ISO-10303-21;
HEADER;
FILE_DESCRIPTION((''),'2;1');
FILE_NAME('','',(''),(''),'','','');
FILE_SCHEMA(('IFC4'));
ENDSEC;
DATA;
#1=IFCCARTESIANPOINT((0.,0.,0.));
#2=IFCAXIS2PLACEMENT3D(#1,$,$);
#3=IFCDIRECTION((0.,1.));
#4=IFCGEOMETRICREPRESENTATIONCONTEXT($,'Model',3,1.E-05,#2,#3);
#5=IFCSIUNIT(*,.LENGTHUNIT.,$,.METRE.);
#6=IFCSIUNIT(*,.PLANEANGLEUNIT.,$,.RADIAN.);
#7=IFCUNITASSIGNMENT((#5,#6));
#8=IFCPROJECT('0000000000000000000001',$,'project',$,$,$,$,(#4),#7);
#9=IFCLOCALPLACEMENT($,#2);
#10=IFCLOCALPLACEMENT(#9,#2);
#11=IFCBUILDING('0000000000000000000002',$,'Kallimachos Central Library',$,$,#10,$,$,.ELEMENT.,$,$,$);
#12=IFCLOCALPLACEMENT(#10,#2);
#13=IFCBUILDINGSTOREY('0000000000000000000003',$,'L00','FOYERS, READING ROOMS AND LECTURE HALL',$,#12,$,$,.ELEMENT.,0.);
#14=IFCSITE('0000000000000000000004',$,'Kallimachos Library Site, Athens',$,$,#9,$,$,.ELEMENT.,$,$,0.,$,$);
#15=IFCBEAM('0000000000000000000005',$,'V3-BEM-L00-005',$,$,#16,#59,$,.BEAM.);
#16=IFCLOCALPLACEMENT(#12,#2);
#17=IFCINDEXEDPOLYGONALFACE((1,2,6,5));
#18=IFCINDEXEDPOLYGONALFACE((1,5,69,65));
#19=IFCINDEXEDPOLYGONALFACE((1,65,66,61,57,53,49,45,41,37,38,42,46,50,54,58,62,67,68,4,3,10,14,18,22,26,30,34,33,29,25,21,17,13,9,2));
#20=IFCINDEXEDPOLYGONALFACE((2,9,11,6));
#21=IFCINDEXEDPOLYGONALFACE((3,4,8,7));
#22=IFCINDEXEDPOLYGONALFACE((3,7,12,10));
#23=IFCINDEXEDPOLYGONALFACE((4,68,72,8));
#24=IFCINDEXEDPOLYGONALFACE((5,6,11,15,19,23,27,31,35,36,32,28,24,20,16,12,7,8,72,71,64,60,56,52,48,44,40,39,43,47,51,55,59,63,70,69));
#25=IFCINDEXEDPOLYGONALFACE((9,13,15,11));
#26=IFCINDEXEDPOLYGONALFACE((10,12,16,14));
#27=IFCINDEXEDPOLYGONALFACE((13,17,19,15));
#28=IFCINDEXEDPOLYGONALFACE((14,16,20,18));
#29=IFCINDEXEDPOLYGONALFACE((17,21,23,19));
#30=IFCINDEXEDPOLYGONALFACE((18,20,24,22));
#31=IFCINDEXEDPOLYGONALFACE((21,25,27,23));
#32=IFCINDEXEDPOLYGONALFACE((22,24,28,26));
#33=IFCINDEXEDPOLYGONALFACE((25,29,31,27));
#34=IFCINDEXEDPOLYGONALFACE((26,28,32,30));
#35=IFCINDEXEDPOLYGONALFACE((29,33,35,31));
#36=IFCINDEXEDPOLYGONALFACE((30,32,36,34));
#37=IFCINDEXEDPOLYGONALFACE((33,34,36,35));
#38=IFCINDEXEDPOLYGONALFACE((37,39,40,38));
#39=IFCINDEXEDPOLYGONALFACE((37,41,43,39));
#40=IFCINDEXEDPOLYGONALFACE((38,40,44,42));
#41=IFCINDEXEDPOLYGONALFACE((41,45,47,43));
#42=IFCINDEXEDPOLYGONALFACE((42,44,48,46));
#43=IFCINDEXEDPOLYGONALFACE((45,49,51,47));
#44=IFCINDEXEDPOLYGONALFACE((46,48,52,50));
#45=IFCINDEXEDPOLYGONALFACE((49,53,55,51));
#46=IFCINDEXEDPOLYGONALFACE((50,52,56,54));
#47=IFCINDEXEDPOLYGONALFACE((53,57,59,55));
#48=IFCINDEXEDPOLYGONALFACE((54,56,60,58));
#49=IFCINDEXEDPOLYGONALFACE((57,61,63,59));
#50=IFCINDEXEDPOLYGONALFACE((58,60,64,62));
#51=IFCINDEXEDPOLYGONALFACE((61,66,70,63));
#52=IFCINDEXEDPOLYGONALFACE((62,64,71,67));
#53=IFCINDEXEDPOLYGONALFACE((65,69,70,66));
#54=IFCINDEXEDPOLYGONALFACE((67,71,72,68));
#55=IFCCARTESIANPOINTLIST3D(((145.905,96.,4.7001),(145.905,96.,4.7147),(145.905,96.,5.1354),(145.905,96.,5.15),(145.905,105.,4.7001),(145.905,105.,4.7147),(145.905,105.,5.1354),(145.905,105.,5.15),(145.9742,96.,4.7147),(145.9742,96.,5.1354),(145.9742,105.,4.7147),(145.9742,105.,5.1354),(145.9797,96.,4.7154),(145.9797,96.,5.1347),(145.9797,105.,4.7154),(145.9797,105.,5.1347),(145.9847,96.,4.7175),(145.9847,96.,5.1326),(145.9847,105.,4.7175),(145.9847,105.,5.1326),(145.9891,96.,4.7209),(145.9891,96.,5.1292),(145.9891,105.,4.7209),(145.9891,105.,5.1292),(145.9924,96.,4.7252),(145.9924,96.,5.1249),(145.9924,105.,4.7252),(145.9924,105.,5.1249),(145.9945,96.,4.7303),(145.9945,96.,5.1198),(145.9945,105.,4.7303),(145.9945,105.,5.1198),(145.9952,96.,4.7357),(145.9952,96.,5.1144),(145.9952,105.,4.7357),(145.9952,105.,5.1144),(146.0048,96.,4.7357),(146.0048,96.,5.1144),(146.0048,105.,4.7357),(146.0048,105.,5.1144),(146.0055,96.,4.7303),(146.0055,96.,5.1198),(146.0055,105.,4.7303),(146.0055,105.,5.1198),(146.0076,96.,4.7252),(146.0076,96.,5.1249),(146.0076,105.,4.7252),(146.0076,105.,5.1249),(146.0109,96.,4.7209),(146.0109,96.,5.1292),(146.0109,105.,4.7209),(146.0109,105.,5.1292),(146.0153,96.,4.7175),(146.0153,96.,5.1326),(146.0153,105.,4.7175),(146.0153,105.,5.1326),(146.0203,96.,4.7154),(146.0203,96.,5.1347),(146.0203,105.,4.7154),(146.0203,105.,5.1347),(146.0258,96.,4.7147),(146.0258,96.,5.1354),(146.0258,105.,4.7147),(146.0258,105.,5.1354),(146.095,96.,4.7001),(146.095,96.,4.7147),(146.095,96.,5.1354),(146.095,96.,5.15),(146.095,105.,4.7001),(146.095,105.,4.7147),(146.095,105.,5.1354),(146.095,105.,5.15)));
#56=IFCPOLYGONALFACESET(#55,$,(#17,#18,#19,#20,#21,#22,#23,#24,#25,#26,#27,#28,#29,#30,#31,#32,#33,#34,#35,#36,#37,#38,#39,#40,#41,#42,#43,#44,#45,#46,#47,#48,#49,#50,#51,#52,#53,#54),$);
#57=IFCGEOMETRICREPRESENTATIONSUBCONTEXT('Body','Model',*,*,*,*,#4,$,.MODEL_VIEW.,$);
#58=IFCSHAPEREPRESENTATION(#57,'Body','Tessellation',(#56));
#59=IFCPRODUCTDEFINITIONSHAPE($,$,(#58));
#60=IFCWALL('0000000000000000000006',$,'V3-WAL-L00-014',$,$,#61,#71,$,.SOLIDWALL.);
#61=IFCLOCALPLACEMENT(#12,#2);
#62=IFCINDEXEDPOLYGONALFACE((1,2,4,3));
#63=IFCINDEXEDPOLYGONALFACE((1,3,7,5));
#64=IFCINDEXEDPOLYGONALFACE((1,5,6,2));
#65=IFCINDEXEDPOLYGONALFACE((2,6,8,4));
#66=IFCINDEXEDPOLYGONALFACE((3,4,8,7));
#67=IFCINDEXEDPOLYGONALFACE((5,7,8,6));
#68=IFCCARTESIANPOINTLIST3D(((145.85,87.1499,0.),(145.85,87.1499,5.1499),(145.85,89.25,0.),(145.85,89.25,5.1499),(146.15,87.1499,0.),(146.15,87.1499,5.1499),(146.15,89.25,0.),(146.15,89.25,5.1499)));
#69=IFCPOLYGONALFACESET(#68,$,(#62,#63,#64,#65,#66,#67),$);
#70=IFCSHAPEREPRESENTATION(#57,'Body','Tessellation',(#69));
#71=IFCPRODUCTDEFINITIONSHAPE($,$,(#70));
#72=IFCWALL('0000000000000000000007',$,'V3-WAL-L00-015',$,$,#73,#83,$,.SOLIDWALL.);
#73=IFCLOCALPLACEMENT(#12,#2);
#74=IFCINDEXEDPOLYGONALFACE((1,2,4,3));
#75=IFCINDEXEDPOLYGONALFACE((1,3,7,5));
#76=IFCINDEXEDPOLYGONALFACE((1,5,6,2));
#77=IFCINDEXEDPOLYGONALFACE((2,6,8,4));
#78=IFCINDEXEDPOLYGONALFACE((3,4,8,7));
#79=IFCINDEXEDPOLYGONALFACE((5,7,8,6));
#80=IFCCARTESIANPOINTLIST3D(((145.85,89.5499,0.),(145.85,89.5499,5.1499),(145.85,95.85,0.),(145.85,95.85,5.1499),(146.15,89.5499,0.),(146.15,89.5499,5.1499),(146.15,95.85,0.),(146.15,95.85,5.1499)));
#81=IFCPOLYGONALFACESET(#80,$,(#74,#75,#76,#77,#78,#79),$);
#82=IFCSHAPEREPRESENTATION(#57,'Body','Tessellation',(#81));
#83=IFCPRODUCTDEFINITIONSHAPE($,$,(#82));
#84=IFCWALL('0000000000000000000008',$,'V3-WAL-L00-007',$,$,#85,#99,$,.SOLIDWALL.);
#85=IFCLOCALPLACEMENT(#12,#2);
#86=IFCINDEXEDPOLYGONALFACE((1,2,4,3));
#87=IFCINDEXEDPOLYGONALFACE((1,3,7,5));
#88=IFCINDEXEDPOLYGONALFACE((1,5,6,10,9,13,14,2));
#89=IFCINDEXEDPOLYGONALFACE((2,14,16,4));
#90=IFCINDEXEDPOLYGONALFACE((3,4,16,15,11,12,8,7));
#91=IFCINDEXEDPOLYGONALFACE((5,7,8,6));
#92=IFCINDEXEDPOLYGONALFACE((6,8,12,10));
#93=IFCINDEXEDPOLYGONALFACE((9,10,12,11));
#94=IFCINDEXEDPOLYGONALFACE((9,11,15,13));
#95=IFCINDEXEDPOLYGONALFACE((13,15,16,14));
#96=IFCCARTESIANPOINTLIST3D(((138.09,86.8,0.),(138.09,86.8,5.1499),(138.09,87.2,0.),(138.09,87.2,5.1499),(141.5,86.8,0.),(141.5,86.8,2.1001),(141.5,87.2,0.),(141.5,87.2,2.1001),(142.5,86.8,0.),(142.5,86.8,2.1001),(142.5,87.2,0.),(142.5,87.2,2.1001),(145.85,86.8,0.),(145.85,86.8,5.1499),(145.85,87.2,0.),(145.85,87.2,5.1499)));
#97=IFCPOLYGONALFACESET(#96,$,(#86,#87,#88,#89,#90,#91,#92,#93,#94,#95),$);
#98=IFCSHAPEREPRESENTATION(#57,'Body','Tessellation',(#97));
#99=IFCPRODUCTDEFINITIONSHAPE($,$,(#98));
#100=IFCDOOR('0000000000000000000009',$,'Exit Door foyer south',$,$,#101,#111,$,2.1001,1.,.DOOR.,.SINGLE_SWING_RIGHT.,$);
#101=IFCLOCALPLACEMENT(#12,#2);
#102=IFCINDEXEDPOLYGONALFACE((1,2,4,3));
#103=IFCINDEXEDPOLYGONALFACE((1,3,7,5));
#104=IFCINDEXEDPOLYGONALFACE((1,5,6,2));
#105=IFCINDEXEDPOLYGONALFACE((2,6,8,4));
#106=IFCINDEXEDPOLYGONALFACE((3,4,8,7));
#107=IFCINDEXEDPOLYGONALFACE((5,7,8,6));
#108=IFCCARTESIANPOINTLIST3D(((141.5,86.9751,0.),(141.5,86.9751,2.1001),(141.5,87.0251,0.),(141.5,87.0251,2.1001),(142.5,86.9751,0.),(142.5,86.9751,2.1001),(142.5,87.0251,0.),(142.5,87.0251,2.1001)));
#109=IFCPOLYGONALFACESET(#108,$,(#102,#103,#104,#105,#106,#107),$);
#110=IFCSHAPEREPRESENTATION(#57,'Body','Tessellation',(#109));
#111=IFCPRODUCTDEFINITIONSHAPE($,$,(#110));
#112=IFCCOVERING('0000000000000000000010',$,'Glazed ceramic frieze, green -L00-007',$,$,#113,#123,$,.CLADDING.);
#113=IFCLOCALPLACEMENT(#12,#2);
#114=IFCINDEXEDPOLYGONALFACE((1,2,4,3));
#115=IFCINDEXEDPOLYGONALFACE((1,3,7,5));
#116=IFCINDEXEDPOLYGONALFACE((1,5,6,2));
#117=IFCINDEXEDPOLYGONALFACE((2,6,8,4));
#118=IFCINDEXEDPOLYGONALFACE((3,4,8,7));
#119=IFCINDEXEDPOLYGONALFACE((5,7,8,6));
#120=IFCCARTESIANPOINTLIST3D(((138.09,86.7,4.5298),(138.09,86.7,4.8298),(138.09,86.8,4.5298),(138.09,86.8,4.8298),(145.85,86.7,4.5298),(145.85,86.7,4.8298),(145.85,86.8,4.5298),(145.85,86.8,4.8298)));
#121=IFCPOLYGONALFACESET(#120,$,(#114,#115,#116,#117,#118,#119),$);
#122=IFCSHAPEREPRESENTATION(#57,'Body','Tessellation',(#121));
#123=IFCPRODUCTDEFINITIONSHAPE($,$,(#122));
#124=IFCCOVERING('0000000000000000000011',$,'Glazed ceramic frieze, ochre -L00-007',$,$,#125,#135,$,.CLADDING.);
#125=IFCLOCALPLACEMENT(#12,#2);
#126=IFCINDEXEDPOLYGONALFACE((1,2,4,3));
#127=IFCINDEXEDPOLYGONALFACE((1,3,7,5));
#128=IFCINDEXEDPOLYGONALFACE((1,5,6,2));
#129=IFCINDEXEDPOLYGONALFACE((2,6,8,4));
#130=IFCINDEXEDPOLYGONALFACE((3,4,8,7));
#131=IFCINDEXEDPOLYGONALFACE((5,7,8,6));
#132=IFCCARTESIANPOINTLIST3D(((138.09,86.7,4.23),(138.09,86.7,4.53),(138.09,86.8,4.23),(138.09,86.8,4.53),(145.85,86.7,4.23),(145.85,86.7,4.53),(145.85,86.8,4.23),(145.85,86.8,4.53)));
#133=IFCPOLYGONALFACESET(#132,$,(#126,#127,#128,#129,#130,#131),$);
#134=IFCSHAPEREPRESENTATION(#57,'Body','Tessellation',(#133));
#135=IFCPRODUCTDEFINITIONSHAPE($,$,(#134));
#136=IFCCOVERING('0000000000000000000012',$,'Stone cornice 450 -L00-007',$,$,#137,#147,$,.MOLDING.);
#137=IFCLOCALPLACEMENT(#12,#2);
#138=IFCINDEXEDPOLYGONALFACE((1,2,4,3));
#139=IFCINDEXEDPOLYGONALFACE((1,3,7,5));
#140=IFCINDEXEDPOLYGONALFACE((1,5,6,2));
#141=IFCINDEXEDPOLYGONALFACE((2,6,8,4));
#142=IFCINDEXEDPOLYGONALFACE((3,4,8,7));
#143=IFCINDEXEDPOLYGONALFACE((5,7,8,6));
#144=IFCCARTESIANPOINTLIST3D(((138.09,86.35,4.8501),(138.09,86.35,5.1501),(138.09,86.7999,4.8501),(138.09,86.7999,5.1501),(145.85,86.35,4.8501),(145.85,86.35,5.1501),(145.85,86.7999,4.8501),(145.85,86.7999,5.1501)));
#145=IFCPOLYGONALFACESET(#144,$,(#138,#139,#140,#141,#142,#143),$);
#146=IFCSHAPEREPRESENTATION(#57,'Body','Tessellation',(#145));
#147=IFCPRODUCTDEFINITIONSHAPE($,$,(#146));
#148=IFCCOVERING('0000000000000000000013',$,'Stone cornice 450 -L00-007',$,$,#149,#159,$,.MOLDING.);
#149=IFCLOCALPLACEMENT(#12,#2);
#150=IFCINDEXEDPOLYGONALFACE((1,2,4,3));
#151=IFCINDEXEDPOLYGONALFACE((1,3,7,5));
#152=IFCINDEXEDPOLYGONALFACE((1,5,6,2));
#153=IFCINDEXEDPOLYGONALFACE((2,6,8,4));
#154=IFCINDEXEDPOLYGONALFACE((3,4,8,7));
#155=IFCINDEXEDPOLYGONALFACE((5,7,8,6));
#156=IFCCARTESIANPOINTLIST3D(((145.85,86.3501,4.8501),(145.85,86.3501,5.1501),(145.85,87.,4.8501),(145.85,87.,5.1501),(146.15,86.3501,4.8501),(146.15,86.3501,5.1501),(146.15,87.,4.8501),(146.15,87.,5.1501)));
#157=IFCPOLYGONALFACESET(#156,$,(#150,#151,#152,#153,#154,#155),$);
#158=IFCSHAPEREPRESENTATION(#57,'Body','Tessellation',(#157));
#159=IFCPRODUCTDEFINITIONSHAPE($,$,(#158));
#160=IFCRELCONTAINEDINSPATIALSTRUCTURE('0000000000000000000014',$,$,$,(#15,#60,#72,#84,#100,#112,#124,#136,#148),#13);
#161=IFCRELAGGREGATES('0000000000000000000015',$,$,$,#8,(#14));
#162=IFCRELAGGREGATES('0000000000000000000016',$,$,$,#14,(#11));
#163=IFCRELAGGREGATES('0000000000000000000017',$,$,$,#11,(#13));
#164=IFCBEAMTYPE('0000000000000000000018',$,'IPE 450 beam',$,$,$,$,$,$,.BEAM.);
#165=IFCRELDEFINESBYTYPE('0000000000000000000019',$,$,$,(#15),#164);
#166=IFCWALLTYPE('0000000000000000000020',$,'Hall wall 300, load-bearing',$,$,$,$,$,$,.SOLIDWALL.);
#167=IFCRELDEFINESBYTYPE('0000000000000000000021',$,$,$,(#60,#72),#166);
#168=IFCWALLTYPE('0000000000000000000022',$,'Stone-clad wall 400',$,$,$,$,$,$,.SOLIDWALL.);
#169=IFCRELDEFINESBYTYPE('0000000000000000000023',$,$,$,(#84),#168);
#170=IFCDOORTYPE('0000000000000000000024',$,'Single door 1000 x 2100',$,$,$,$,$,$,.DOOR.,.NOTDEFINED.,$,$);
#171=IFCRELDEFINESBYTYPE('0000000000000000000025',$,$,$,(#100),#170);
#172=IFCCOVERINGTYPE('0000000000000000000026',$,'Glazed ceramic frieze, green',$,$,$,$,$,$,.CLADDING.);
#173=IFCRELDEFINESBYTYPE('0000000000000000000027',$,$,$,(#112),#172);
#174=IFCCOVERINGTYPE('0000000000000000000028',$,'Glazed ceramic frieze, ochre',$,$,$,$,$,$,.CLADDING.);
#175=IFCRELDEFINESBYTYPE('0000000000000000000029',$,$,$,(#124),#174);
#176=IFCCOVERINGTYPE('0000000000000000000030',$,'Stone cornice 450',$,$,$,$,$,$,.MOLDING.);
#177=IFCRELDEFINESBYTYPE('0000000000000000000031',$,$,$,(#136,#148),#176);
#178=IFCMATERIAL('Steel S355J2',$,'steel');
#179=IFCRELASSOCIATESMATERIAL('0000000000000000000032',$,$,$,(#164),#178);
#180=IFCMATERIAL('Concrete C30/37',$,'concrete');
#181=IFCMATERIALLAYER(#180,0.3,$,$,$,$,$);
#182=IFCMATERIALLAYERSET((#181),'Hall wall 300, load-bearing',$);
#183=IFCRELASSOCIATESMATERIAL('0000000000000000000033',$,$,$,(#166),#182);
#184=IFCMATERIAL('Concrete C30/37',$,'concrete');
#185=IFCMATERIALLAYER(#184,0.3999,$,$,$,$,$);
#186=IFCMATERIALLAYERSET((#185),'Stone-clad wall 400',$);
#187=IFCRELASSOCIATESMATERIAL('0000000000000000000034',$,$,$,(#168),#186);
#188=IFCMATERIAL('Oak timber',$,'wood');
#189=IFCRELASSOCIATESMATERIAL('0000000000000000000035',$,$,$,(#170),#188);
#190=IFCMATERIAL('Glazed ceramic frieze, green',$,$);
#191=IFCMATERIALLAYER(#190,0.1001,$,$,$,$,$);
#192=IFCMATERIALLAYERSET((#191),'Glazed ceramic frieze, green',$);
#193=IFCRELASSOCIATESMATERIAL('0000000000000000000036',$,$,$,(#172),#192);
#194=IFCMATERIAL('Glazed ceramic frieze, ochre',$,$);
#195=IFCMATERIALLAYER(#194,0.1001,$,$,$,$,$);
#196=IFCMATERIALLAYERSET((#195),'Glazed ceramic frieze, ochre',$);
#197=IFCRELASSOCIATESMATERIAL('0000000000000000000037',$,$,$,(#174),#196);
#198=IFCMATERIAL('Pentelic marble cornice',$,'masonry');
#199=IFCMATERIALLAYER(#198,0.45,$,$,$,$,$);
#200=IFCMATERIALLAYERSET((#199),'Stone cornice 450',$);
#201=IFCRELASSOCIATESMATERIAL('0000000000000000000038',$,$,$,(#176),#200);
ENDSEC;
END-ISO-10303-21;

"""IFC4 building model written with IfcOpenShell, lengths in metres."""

from ifc_helpers import new_model, si_unit, direction, frame, frame_2d, origin, origin_2d, place, context, subcontext, project, spatial, rectangle, i_section, extrude, material, layer, layer_set, material_profile, profile_set, type_object, element, fill, save


model = new_model("IFC4")

# Units and contexts
model_context = context("Model", 3, precision=1e-05, world=origin(), true_north=direction((0.0, 1.0)))
body_context = subcontext(model_context, "Body", "Model", "MODEL_VIEW")
ifc_project = project(units=[si_unit("LENGTHUNIT", "METRE"), si_unit("PLANEANGLEUNIT", "RADIAN")], contexts=[model_context])

# Site, building, storey
site_placement = place(None, origin())
site = spatial("IfcSite", under=ifc_project, at=site_placement, Name="Kallimachos Library Site, Athens", CompositionType="ELEMENT", RefElevation=0.0)
building_placement = place(site_placement, origin())
building = spatial("IfcBuilding", under=site, at=building_placement, Name="Kallimachos Central Library", CompositionType="ELEMENT")
storey_placement = place(building_placement, origin())
storey = spatial("IfcBuildingStorey", under=building, at=storey_placement, Name="L00", Description="FOYERS, READING ROOMS AND LECTURE HALL", CompositionType="ELEMENT", Elevation=0.0)

# Beam
ifc_material_1 = material(Name="Steel S355J2", Category="steel")
ifc_material_profile_1 = material_profile(ifc_material_1, i_section(OverallWidth=0.1899, OverallDepth=0.45, WebThickness=0.0095, FlangeThickness=0.0146, FilletRadius=0.021, at=origin_2d()), Name="IPE 450")
ifc_profile_set_1 = profile_set([ifc_material_profile_1], Name="Steel S355J2")
beam_type_1 = type_object("IfcBeamType", Name="IPE 450 beam", PredefinedType="BEAM", material=ifc_profile_set_1)
for number, where, z_axis, x_axis, name in (
    (1, (146.0, 96.0, 4.925), (0.0, 1.0, 0.0), (-1.0, 0.0, 0.0), "V3-BEM-L00-005"),
):
    element("IfcBeam", number, at=place(storey_placement, frame(where, z_axis=z_axis, x_axis=x_axis)), inside=storey, type_object=beam_type_1, Name=name, PredefinedType="BEAM", context=body_context, shape_type="SweptSolid", body=[
        extrude(i_section(OverallWidth=0.1899, OverallDepth=0.45, WebThickness=0.0095, FlangeThickness=0.0146, FilletRadius=0.021, at=origin_2d()), origin(), (0.0, 0.0, 1.0), 9.0),
    ])

# Walls
ifc_material_2 = material(Name="Concrete C30/37", Category="concrete")
ifc_layer_1 = layer(ifc_material_2, 0.3)
ifc_layer_set_1 = layer_set([ifc_layer_1], Name="Hall wall 300, load-bearing")
wall_type_1 = type_object("IfcWallType", Name="Hall wall 300, load-bearing", PredefinedType="SOLIDWALL", material=ifc_layer_set_1)
wall_1_placement = place(storey_placement, frame((146.0, 87.1499, 0.0), z_axis=(0.0, 0.0, 1.0), x_axis=(0.0, 1.0, 0.0)))
element("IfcWall", 2, at=wall_1_placement, inside=storey, type_object=wall_type_1, Name="V3-WAL-L00-014", PredefinedType="SOLIDWALL", context=body_context, shape_type="SweptSolid", body=[
    extrude(rectangle(XDim=2.1001, YDim=0.3, at=frame_2d((1.05, 0.0))), origin(), (0.0, 0.0, 1.0), 5.1499),
])
wall_2_placement = place(storey_placement, frame((146.0, 89.55, 0.0), z_axis=(0.0, 0.0, 1.0), x_axis=(0.0, 1.0, 0.0)))
element("IfcWall", 3, at=wall_2_placement, inside=storey, type_object=wall_type_1, Name="V3-WAL-L00-015", PredefinedType="SOLIDWALL", context=body_context, shape_type="SweptSolid", body=[
    extrude(rectangle(XDim=6.3, YDim=0.3, at=frame_2d((3.1499, 0.0))), origin(), (0.0, 0.0, 1.0), 5.1499),
])

# Wall, opening, door
ifc_material_3 = material(Name="Concrete C30/37", Category="concrete")
ifc_layer_2 = layer(ifc_material_3, 0.3999)
ifc_layer_set_2 = layer_set([ifc_layer_2], Name="Stone-clad wall 400")
wall_type_2 = type_object("IfcWallType", Name="Stone-clad wall 400", PredefinedType="SOLIDWALL", material=ifc_layer_set_2)
wall_3_placement = place(storey_placement, frame((138.0901, 87.0, 0.0), z_axis=(0.0, 0.0, 1.0), x_axis=(1.0, 0.0, 0.0)))
wall_3 = element("IfcWall", 4, at=wall_3_placement, inside=storey, type_object=wall_type_2, Name="V3-WAL-L00-007", PredefinedType="SOLIDWALL", context=body_context, shape_type="SweptSolid", body=[
    extrude(rectangle(XDim=7.76, YDim=0.3999, at=frame_2d((3.8799, 0.0))), origin(), (0.0, 0.0, 1.0), 5.1499),
])
opening_placement = place(wall_3_placement, frame((3.4099, 0.0, 0.0)))
opening = element("IfcOpeningElement", 5, at=opening_placement, cuts=wall_3, PredefinedType="OPENING", context=body_context, shape_type="SweptSolid", body=[
    extrude(rectangle(XDim=1.0, YDim=2.1001, at=frame_2d((0.5, 1.05))), frame((0.0, 0.21, 0.0), z_axis=(0.0, -1.0, 0.0), x_axis=(1.0, 0.0, 0.0)), (0.0, 0.0, 1.0), 0.4199),
])
ifc_material_4 = material(Name="Oak timber", Category="wood")
door_type = type_object("IfcDoorType", Name="Single door 1000 x 2100", OperationType="NOTDEFINED", PredefinedType="DOOR", material=ifc_material_4)
door_placement = place(opening_placement, frame((1.0, 0.0, 0.0), z_axis=(0.0, 0.0, 1.0), x_axis=(-1.0, 0.0, 0.0)))
door = element("IfcDoor", 6, at=door_placement, inside=storey, type_object=door_type, Name="Exit Door foyer south", OperationType="SINGLE_SWING_RIGHT", OverallHeight=2.1001, OverallWidth=1.0, PredefinedType="DOOR", context=body_context, shape_type="SweptSolid", body=[
    extrude(rectangle(XDim=1.0, YDim=2.1001, at=frame_2d((0.5, 1.05))), frame((0.0, 0.0249, 0.0), z_axis=(0.0, -1.0, 0.0), x_axis=(1.0, 0.0, 0.0)), (0.0, 0.0, 1.0), 0.05),
])
fill(opening, door)

# Coverings
ifc_material_5 = material(Name="Glazed ceramic frieze, green")
ifc_layer_3 = layer(ifc_material_5, 0.1001)
ifc_layer_set_3 = layer_set([ifc_layer_3], Name="Glazed ceramic frieze, green")
covering_type_1 = type_object("IfcCoveringType", Name="Glazed ceramic frieze, green", PredefinedType="CLADDING", material=ifc_layer_set_3)
covering_1_placement = place(storey_placement, frame((141.97, 86.75, 4.5298), z_axis=(0.0, 0.0, 1.0), x_axis=(1.0, 0.0, 0.0)))
element("IfcCovering", 7, at=covering_1_placement, inside=storey, type_object=covering_type_1, Name="Glazed ceramic frieze, green -L00-007", PredefinedType="CLADDING", context=body_context, shape_type="SweptSolid", body=[
    extrude(rectangle(XDim=7.76, YDim=0.1001, at=origin_2d()), origin(), (0.0, 0.0, 1.0), 0.3),
])
ifc_material_6 = material(Name="Glazed ceramic frieze, ochre")
ifc_layer_4 = layer(ifc_material_6, 0.1001)
ifc_layer_set_4 = layer_set([ifc_layer_4], Name="Glazed ceramic frieze, ochre")
covering_type_2 = type_object("IfcCoveringType", Name="Glazed ceramic frieze, ochre", PredefinedType="CLADDING", material=ifc_layer_set_4)
covering_2_placement = place(storey_placement, frame((141.97, 86.75, 4.23), z_axis=(0.0, 0.0, 1.0), x_axis=(1.0, 0.0, 0.0)))
element("IfcCovering", 8, at=covering_2_placement, inside=storey, type_object=covering_type_2, Name="Glazed ceramic frieze, ochre -L00-007", PredefinedType="CLADDING", context=body_context, shape_type="SweptSolid", body=[
    extrude(rectangle(XDim=7.76, YDim=0.1001, at=origin_2d()), origin(), (0.0, 0.0, 1.0), 0.3),
])
ifc_material_7 = material(Name="Pentelic marble cornice", Category="masonry")
ifc_layer_5 = layer(ifc_material_7, 0.45)
ifc_layer_set_5 = layer_set([ifc_layer_5], Name="Stone cornice 450")
covering_type_3 = type_object("IfcCoveringType", Name="Stone cornice 450", PredefinedType="MOLDING", material=ifc_layer_set_5)
covering_3_placement = place(storey_placement, frame((141.97, 86.575, 4.8501), z_axis=(0.0, 0.0, 1.0), x_axis=(1.0, 0.0, 0.0)))
element("IfcCovering", 9, at=covering_3_placement, inside=storey, type_object=covering_type_3, Name="Stone cornice 450 -L00-007", PredefinedType="MOLDING", context=body_context, shape_type="SweptSolid", body=[
    extrude(rectangle(XDim=7.76, YDim=0.45, at=origin_2d()), origin(), (0.0, 0.0, 1.0), 0.3),
])
covering_4_placement = place(storey_placement, frame((146.0, 86.675, 4.8501), z_axis=(0.0, 0.0, 1.0), x_axis=(1.0, 0.0, 0.0)))
element("IfcCovering", 10, at=covering_4_placement, inside=storey, type_object=covering_type_3, Name="Stone cornice 450 -L00-007", PredefinedType="MOLDING", context=body_context, shape_type="SweptSolid", body=[
    extrude(rectangle(XDim=0.3, YDim=0.6499, at=origin_2d()), origin(), (0.0, 0.0, 1.0), 0.3),
])

save(model, "model.ifc")
